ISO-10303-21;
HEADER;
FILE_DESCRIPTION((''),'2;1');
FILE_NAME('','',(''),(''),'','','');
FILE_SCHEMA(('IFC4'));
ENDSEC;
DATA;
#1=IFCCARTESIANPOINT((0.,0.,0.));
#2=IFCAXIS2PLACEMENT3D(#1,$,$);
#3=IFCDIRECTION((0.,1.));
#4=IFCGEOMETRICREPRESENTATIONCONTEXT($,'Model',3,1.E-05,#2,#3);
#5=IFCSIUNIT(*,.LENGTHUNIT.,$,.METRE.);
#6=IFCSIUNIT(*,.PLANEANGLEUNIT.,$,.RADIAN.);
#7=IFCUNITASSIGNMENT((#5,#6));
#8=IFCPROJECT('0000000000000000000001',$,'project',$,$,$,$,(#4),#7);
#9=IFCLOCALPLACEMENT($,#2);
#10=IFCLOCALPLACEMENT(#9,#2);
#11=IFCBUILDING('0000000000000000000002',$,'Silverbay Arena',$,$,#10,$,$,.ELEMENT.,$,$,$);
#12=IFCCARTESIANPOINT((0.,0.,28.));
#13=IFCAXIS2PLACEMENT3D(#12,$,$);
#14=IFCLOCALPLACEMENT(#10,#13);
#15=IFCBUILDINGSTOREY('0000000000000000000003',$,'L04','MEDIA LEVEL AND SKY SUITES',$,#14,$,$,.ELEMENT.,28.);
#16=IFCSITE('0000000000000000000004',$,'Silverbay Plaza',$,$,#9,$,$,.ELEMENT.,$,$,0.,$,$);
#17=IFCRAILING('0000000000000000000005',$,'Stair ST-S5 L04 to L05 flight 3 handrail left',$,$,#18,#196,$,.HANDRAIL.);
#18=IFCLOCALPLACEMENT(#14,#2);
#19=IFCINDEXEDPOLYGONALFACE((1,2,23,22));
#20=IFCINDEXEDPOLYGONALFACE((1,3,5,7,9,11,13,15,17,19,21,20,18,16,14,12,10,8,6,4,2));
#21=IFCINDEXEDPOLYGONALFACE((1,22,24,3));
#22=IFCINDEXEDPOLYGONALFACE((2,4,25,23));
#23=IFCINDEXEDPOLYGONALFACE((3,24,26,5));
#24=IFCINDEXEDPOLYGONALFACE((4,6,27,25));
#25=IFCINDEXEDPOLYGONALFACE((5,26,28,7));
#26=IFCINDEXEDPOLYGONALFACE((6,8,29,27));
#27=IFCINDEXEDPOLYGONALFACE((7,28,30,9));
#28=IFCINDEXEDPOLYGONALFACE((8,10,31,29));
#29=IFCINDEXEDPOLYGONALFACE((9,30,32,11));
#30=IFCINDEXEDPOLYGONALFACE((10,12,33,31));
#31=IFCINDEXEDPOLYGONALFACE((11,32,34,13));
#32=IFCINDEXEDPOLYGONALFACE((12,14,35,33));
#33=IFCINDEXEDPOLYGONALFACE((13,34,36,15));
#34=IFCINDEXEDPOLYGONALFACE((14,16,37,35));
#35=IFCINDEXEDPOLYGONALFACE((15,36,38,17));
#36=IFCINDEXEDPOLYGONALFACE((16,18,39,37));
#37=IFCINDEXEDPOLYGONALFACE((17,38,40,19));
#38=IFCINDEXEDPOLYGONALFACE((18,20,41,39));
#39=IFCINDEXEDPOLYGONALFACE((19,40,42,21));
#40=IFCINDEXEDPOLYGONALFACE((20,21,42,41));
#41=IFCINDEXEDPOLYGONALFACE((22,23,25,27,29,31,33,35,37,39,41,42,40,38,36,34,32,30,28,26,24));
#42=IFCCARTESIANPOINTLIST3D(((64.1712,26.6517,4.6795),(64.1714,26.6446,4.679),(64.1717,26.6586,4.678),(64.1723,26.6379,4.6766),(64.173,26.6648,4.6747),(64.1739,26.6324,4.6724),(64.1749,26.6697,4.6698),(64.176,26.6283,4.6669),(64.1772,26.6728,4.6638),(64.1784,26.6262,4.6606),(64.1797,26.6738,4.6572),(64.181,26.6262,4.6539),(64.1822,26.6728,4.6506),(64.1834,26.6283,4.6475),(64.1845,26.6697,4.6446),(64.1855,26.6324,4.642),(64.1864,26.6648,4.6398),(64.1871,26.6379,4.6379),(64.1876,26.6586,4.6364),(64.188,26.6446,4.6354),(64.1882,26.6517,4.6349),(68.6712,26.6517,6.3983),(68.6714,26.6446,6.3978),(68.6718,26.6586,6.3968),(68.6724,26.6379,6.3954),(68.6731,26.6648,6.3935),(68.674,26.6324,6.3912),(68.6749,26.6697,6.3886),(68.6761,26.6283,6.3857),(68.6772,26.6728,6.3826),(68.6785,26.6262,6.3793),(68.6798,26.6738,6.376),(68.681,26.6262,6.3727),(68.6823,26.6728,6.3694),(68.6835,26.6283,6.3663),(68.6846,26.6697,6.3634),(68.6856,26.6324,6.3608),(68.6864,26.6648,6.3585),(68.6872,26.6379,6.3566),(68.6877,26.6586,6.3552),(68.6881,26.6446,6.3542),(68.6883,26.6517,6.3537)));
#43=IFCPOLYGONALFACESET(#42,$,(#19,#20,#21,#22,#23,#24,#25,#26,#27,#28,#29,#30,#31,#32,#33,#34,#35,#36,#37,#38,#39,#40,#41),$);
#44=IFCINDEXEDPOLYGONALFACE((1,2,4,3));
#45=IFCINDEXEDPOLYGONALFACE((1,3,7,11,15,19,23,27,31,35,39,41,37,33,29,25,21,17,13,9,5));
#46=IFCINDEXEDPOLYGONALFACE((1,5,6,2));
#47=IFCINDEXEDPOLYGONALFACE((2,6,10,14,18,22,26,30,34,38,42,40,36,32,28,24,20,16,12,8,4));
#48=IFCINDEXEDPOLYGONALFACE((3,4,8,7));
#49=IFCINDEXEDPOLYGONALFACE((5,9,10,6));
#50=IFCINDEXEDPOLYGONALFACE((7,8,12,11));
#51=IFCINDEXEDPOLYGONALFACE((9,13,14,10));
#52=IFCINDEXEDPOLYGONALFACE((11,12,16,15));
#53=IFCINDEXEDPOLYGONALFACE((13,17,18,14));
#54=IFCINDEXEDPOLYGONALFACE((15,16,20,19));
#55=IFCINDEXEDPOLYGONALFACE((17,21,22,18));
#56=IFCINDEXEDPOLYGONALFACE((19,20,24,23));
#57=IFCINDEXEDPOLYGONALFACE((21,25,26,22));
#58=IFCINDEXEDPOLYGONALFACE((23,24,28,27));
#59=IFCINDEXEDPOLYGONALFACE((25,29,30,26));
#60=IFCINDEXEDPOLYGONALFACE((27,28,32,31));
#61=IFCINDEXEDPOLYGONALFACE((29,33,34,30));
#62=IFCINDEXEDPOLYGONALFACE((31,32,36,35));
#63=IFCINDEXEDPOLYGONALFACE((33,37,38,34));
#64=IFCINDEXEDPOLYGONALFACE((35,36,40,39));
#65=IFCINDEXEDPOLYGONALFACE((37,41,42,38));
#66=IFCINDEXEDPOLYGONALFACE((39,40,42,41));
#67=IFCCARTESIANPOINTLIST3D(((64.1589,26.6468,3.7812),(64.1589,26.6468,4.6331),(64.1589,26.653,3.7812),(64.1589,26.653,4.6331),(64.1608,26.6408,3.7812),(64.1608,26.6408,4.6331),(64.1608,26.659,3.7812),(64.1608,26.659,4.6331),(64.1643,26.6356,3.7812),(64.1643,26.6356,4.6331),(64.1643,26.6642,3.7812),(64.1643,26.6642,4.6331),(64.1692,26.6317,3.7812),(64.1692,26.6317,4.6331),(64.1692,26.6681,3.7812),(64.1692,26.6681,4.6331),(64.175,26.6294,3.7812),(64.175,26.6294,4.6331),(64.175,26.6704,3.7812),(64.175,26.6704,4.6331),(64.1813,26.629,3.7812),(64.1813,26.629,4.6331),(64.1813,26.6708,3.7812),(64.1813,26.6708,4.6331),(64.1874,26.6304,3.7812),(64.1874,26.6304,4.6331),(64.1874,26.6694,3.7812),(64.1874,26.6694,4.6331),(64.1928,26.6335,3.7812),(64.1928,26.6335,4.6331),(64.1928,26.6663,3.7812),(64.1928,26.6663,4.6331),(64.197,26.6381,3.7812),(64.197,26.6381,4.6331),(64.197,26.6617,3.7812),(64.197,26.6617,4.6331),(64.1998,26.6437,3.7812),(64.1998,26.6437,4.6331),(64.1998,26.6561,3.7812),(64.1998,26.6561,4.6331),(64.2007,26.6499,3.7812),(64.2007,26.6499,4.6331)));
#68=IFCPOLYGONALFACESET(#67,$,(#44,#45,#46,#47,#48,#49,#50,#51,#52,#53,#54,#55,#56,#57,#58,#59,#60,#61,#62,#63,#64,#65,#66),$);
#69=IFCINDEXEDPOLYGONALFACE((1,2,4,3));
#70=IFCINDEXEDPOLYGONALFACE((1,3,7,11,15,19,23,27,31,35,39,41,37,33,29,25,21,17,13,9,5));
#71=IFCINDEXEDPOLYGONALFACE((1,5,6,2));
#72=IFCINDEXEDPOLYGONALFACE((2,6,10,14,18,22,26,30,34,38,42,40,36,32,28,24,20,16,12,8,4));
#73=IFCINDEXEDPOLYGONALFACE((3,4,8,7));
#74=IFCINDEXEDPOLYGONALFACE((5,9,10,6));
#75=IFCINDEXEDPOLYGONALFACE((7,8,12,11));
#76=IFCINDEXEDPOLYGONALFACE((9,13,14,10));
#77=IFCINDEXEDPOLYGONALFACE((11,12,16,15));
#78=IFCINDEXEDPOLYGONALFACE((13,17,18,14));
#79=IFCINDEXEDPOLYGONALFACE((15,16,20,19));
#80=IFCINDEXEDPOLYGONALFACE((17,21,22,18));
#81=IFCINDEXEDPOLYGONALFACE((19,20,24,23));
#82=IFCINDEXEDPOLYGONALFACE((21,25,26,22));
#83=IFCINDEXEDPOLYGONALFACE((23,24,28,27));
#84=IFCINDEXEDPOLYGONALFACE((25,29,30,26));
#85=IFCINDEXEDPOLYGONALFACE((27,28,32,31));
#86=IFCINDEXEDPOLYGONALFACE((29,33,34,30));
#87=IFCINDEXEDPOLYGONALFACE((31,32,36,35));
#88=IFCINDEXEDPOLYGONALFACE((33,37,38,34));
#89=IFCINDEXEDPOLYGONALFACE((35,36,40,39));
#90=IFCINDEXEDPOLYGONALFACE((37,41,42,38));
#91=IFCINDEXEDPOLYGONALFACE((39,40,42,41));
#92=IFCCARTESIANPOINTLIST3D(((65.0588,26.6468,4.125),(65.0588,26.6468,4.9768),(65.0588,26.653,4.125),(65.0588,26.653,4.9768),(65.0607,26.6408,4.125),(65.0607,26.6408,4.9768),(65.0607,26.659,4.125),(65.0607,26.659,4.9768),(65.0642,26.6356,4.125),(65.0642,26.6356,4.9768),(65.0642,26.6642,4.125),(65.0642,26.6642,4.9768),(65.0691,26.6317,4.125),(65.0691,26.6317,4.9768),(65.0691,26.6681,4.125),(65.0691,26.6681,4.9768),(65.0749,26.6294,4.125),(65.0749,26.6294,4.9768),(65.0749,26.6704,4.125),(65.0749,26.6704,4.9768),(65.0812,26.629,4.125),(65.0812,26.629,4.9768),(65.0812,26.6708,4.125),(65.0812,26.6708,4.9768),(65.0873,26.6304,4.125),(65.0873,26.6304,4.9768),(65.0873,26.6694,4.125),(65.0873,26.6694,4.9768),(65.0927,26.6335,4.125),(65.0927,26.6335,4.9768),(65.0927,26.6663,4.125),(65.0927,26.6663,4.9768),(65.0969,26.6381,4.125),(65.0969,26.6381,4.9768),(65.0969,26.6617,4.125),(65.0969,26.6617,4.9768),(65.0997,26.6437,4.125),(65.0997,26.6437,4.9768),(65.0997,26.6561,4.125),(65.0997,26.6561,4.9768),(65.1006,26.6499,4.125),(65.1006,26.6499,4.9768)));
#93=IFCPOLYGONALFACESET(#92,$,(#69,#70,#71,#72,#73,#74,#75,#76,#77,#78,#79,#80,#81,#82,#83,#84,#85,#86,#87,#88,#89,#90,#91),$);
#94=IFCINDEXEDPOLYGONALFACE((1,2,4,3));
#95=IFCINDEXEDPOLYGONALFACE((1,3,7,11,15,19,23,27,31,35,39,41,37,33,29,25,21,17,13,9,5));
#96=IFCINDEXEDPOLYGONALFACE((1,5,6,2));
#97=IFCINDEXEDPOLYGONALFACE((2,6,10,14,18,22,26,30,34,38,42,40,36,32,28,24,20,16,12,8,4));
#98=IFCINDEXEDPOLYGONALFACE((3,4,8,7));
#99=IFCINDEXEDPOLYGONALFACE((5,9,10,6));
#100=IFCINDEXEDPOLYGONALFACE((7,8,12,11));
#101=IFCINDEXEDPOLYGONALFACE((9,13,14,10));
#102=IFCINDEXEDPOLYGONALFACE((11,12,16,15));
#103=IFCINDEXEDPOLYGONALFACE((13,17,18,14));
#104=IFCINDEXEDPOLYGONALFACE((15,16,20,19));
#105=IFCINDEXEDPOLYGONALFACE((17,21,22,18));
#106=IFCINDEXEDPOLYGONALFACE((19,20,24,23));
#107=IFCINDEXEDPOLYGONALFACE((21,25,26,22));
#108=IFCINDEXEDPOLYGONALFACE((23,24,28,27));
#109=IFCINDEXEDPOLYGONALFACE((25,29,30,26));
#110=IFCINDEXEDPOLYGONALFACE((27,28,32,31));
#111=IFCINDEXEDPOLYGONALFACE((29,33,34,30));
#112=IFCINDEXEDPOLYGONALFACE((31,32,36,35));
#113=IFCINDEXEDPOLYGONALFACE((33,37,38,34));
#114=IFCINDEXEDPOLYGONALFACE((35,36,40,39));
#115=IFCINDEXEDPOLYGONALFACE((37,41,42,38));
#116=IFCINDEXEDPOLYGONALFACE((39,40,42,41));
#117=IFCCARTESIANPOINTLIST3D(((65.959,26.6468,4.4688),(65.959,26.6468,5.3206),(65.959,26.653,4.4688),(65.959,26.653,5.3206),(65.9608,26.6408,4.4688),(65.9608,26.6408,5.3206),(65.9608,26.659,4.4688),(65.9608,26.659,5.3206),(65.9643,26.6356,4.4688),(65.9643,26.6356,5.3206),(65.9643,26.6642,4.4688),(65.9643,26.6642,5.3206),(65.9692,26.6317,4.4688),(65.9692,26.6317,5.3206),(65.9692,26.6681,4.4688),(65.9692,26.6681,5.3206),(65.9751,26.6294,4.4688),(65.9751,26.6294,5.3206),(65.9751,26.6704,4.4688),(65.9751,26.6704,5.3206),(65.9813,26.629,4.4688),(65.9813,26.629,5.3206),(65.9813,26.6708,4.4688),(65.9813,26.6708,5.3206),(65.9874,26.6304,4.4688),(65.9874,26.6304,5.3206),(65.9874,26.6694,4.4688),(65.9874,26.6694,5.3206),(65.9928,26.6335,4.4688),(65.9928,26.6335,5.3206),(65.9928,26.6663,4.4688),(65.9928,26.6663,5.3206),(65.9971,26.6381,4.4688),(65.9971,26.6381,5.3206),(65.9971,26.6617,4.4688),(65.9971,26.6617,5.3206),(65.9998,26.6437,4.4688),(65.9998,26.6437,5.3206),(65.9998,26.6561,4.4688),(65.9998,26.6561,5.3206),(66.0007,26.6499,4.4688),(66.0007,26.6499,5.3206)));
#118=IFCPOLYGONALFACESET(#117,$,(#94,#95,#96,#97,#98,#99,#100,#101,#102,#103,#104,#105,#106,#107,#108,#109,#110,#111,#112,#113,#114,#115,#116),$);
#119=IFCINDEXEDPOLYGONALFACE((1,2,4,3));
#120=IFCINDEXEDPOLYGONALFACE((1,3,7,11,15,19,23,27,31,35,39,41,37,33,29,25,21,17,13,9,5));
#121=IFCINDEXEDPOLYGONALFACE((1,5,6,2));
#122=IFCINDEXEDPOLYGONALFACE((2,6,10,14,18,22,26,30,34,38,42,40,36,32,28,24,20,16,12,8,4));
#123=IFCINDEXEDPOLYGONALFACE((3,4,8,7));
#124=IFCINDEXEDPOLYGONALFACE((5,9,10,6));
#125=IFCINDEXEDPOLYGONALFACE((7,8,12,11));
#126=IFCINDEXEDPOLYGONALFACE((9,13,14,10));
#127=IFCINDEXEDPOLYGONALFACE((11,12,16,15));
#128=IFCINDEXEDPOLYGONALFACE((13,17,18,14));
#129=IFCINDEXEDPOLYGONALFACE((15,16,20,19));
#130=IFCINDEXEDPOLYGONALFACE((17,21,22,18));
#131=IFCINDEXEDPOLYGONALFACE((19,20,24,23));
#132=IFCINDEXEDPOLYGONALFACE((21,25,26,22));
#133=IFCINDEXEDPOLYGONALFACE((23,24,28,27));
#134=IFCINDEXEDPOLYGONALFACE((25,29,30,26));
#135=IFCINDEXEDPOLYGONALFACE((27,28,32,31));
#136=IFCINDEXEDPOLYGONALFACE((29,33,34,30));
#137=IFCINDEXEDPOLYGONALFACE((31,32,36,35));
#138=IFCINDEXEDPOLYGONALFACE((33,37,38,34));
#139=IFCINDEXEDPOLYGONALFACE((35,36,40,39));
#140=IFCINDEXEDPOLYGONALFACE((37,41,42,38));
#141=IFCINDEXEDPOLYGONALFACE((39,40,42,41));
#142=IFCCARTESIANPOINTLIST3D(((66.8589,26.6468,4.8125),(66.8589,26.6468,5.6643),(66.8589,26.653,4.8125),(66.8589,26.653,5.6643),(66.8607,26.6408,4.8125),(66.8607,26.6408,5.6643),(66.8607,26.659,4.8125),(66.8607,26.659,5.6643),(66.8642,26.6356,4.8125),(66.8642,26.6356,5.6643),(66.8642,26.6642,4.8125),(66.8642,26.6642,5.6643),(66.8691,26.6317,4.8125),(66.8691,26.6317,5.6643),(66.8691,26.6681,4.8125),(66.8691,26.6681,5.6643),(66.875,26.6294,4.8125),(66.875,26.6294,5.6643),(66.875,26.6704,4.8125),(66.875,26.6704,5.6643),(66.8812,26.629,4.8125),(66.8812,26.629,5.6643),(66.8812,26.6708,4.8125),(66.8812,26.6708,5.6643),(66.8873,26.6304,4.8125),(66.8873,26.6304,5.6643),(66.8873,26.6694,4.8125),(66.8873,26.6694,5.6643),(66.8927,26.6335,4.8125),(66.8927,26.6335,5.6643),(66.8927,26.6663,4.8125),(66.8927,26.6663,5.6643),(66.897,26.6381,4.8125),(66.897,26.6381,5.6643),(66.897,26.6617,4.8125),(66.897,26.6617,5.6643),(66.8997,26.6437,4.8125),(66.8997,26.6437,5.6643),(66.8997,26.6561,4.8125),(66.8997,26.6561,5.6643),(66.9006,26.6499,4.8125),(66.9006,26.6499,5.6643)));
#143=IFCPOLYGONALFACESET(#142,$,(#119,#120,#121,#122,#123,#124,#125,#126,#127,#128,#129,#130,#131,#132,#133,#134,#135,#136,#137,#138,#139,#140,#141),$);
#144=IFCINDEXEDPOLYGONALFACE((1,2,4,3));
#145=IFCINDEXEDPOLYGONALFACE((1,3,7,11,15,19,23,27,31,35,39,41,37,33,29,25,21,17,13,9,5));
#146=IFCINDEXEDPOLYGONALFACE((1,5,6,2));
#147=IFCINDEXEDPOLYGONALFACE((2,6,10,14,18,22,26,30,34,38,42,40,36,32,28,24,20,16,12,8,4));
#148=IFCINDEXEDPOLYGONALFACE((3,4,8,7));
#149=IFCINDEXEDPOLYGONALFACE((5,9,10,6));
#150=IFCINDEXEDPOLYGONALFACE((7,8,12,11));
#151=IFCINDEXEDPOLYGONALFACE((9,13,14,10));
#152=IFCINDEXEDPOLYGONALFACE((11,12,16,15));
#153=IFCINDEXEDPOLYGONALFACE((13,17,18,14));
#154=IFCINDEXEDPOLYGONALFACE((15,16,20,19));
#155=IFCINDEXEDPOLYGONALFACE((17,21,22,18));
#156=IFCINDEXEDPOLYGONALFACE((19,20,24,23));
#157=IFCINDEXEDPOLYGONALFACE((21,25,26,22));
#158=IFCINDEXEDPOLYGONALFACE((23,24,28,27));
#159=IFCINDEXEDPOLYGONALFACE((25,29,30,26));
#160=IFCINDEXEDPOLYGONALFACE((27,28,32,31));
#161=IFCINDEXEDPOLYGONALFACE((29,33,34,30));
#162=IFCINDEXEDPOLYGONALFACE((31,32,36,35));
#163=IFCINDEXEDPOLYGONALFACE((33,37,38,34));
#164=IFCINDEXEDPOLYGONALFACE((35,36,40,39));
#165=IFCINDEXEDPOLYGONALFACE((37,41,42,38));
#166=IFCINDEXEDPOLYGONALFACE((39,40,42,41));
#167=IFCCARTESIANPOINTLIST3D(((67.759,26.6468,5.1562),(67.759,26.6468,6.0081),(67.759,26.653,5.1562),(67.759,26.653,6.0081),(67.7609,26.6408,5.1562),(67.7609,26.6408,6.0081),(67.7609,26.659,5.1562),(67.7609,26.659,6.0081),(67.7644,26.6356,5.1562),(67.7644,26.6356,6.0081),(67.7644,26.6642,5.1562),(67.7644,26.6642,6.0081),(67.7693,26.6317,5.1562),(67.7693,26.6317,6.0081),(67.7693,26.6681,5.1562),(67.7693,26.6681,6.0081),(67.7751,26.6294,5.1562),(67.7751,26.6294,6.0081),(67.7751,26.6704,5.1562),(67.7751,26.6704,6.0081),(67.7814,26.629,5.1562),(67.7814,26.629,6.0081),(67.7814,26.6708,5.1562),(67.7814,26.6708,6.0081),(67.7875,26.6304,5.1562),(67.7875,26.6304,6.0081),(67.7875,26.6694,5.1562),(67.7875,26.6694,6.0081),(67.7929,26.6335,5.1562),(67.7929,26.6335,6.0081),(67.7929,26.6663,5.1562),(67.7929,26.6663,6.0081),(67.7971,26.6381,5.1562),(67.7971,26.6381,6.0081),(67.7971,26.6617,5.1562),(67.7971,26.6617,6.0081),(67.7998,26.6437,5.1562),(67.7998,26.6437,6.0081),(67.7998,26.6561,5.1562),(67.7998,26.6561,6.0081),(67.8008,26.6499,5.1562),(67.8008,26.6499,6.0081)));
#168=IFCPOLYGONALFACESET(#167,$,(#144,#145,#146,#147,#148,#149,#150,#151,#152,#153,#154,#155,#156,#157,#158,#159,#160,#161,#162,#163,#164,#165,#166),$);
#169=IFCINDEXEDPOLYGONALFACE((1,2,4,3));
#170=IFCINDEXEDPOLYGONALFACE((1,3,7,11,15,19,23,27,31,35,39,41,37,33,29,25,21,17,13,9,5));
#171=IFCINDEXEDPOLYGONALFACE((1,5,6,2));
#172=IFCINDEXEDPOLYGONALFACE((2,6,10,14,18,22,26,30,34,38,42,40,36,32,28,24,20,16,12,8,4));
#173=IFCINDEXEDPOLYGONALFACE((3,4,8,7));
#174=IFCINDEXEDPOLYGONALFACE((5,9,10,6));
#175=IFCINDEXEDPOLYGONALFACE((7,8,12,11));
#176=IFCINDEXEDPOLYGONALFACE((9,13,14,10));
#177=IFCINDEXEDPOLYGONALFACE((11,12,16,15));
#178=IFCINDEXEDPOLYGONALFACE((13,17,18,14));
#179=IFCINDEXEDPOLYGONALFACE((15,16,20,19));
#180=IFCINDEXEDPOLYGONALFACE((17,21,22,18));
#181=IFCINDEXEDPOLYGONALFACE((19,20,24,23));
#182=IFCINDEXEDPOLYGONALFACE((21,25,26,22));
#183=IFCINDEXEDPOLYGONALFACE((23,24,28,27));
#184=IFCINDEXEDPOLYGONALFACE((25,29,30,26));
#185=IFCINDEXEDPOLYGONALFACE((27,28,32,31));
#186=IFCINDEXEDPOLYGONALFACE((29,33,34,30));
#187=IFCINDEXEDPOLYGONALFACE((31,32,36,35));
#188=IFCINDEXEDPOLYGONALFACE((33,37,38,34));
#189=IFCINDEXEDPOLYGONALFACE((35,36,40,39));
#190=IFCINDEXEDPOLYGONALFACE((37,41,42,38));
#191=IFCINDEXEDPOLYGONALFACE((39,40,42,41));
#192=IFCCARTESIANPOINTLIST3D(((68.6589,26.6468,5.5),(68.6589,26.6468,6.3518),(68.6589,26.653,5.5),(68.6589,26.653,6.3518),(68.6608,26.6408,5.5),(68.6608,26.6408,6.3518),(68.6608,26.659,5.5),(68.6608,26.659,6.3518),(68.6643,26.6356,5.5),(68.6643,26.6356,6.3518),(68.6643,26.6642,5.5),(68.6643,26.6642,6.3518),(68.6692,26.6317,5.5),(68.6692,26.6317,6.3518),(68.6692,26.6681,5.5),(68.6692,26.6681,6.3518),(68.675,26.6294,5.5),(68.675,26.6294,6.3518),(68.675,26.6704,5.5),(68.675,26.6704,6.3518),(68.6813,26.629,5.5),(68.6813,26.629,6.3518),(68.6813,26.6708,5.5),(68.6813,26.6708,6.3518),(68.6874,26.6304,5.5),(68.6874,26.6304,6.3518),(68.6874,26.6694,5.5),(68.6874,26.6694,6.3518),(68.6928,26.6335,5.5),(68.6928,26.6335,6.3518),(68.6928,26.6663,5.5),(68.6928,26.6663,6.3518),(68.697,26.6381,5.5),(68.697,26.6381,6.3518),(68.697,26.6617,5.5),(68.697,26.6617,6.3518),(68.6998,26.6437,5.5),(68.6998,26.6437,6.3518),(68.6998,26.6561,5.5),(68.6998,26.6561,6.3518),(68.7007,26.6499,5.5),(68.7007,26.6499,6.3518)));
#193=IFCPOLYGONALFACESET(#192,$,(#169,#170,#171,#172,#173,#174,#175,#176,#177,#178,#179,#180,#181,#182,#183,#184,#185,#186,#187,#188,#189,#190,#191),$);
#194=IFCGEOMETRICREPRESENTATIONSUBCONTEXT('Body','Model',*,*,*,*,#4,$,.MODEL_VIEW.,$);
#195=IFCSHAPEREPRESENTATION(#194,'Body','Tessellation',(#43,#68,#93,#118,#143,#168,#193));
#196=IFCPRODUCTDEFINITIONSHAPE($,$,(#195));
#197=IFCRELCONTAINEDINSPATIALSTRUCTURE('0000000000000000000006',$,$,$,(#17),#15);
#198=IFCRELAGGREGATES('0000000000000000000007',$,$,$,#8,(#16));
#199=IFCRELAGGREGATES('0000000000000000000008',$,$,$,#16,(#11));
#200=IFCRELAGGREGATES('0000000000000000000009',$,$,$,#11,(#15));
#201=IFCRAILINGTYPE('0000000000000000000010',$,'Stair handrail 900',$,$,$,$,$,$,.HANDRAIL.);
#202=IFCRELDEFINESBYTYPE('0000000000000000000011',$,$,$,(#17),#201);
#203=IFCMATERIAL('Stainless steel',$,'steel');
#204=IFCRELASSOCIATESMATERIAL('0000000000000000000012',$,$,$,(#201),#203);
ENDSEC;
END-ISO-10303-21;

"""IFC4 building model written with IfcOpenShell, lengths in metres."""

from ifc_helpers import new_model, si_unit, direction, frame, origin, origin_2d, place, context, subcontext, project, spatial, circle, extrude, material, type_object, element, save


model = new_model("IFC4")

# Units and contexts
model_context = context("Model", 3, precision=1e-05, world=origin(), true_north=direction((0.0, 1.0)))
body_context = subcontext(model_context, "Body", "Model", "MODEL_VIEW")
ifc_project = project(units=[si_unit("LENGTHUNIT", "METRE"), si_unit("PLANEANGLEUNIT", "RADIAN")], contexts=[model_context])

# Site, building, storey
site_placement = place(None, origin())
site = spatial("IfcSite", under=ifc_project, at=site_placement, Name="Silverbay Plaza", CompositionType="ELEMENT", RefElevation=0.0)
building_placement = place(site_placement, origin())
building = spatial("IfcBuilding", under=site, at=building_placement, Name="Silverbay Arena", CompositionType="ELEMENT")
storey_placement = place(building_placement, frame((0.0, 0.0, 28.0)))
storey = spatial("IfcBuildingStorey", under=building, at=storey_placement, Name="L04", Description="MEDIA LEVEL AND SKY SUITES", CompositionType="ELEMENT", Elevation=28.0)

# Railing
ifc_material_1 = material(Name="Stainless steel", Category="steel")
railing_type_1 = type_object("IfcRailingType", Name="Stair handrail 900", PredefinedType="HANDRAIL", material=ifc_material_1)
for number, where, name in (
    (1, (64.1797, 26.6499, 3.7812), "Stair ST-S5 L04 to L05 flight 3 handrail left"),
):
    element("IfcRailing", number, at=place(storey_placement, frame(where)), inside=storey, type_object=railing_type_1, Name=name, PredefinedType="HANDRAIL", context=body_context, shape_type="SweptSolid", body=[
        extrude(circle(Radius=0.0239, at=origin_2d()), frame((0.0, 0.0, 0.876), z_axis=(0.934179, 0.0, 0.356805), x_axis=(0.0, 1.0, 0.0)), (0.0, 0.0, 1.0), 4.8171),
        extrude(circle(Radius=0.021, at=origin_2d()), origin(), (0.0, 0.0, 1.0), 0.8518),
        extrude(circle(Radius=0.021, at=origin_2d()), frame((0.8999, 0.0, 0.3438)), (0.0, 0.0, 1.0), 0.8518),
        extrude(circle(Radius=0.021, at=origin_2d()), frame((1.8, 0.0, 0.6875)), (0.0, 0.0, 1.0), 0.8518),
        extrude(circle(Radius=0.021, at=origin_2d()), frame((2.7, 0.0, 1.0312)), (0.0, 0.0, 1.0), 0.8518),
        extrude(circle(Radius=0.021, at=origin_2d()), frame((3.6001, 0.0, 1.375)), (0.0, 0.0, 1.0), 0.8518),
        extrude(circle(Radius=0.021, at=origin_2d()), frame((4.5, 0.0, 1.7188)), (0.0, 0.0, 1.0), 0.8518),
    ])

save(model, "model.ifc")
